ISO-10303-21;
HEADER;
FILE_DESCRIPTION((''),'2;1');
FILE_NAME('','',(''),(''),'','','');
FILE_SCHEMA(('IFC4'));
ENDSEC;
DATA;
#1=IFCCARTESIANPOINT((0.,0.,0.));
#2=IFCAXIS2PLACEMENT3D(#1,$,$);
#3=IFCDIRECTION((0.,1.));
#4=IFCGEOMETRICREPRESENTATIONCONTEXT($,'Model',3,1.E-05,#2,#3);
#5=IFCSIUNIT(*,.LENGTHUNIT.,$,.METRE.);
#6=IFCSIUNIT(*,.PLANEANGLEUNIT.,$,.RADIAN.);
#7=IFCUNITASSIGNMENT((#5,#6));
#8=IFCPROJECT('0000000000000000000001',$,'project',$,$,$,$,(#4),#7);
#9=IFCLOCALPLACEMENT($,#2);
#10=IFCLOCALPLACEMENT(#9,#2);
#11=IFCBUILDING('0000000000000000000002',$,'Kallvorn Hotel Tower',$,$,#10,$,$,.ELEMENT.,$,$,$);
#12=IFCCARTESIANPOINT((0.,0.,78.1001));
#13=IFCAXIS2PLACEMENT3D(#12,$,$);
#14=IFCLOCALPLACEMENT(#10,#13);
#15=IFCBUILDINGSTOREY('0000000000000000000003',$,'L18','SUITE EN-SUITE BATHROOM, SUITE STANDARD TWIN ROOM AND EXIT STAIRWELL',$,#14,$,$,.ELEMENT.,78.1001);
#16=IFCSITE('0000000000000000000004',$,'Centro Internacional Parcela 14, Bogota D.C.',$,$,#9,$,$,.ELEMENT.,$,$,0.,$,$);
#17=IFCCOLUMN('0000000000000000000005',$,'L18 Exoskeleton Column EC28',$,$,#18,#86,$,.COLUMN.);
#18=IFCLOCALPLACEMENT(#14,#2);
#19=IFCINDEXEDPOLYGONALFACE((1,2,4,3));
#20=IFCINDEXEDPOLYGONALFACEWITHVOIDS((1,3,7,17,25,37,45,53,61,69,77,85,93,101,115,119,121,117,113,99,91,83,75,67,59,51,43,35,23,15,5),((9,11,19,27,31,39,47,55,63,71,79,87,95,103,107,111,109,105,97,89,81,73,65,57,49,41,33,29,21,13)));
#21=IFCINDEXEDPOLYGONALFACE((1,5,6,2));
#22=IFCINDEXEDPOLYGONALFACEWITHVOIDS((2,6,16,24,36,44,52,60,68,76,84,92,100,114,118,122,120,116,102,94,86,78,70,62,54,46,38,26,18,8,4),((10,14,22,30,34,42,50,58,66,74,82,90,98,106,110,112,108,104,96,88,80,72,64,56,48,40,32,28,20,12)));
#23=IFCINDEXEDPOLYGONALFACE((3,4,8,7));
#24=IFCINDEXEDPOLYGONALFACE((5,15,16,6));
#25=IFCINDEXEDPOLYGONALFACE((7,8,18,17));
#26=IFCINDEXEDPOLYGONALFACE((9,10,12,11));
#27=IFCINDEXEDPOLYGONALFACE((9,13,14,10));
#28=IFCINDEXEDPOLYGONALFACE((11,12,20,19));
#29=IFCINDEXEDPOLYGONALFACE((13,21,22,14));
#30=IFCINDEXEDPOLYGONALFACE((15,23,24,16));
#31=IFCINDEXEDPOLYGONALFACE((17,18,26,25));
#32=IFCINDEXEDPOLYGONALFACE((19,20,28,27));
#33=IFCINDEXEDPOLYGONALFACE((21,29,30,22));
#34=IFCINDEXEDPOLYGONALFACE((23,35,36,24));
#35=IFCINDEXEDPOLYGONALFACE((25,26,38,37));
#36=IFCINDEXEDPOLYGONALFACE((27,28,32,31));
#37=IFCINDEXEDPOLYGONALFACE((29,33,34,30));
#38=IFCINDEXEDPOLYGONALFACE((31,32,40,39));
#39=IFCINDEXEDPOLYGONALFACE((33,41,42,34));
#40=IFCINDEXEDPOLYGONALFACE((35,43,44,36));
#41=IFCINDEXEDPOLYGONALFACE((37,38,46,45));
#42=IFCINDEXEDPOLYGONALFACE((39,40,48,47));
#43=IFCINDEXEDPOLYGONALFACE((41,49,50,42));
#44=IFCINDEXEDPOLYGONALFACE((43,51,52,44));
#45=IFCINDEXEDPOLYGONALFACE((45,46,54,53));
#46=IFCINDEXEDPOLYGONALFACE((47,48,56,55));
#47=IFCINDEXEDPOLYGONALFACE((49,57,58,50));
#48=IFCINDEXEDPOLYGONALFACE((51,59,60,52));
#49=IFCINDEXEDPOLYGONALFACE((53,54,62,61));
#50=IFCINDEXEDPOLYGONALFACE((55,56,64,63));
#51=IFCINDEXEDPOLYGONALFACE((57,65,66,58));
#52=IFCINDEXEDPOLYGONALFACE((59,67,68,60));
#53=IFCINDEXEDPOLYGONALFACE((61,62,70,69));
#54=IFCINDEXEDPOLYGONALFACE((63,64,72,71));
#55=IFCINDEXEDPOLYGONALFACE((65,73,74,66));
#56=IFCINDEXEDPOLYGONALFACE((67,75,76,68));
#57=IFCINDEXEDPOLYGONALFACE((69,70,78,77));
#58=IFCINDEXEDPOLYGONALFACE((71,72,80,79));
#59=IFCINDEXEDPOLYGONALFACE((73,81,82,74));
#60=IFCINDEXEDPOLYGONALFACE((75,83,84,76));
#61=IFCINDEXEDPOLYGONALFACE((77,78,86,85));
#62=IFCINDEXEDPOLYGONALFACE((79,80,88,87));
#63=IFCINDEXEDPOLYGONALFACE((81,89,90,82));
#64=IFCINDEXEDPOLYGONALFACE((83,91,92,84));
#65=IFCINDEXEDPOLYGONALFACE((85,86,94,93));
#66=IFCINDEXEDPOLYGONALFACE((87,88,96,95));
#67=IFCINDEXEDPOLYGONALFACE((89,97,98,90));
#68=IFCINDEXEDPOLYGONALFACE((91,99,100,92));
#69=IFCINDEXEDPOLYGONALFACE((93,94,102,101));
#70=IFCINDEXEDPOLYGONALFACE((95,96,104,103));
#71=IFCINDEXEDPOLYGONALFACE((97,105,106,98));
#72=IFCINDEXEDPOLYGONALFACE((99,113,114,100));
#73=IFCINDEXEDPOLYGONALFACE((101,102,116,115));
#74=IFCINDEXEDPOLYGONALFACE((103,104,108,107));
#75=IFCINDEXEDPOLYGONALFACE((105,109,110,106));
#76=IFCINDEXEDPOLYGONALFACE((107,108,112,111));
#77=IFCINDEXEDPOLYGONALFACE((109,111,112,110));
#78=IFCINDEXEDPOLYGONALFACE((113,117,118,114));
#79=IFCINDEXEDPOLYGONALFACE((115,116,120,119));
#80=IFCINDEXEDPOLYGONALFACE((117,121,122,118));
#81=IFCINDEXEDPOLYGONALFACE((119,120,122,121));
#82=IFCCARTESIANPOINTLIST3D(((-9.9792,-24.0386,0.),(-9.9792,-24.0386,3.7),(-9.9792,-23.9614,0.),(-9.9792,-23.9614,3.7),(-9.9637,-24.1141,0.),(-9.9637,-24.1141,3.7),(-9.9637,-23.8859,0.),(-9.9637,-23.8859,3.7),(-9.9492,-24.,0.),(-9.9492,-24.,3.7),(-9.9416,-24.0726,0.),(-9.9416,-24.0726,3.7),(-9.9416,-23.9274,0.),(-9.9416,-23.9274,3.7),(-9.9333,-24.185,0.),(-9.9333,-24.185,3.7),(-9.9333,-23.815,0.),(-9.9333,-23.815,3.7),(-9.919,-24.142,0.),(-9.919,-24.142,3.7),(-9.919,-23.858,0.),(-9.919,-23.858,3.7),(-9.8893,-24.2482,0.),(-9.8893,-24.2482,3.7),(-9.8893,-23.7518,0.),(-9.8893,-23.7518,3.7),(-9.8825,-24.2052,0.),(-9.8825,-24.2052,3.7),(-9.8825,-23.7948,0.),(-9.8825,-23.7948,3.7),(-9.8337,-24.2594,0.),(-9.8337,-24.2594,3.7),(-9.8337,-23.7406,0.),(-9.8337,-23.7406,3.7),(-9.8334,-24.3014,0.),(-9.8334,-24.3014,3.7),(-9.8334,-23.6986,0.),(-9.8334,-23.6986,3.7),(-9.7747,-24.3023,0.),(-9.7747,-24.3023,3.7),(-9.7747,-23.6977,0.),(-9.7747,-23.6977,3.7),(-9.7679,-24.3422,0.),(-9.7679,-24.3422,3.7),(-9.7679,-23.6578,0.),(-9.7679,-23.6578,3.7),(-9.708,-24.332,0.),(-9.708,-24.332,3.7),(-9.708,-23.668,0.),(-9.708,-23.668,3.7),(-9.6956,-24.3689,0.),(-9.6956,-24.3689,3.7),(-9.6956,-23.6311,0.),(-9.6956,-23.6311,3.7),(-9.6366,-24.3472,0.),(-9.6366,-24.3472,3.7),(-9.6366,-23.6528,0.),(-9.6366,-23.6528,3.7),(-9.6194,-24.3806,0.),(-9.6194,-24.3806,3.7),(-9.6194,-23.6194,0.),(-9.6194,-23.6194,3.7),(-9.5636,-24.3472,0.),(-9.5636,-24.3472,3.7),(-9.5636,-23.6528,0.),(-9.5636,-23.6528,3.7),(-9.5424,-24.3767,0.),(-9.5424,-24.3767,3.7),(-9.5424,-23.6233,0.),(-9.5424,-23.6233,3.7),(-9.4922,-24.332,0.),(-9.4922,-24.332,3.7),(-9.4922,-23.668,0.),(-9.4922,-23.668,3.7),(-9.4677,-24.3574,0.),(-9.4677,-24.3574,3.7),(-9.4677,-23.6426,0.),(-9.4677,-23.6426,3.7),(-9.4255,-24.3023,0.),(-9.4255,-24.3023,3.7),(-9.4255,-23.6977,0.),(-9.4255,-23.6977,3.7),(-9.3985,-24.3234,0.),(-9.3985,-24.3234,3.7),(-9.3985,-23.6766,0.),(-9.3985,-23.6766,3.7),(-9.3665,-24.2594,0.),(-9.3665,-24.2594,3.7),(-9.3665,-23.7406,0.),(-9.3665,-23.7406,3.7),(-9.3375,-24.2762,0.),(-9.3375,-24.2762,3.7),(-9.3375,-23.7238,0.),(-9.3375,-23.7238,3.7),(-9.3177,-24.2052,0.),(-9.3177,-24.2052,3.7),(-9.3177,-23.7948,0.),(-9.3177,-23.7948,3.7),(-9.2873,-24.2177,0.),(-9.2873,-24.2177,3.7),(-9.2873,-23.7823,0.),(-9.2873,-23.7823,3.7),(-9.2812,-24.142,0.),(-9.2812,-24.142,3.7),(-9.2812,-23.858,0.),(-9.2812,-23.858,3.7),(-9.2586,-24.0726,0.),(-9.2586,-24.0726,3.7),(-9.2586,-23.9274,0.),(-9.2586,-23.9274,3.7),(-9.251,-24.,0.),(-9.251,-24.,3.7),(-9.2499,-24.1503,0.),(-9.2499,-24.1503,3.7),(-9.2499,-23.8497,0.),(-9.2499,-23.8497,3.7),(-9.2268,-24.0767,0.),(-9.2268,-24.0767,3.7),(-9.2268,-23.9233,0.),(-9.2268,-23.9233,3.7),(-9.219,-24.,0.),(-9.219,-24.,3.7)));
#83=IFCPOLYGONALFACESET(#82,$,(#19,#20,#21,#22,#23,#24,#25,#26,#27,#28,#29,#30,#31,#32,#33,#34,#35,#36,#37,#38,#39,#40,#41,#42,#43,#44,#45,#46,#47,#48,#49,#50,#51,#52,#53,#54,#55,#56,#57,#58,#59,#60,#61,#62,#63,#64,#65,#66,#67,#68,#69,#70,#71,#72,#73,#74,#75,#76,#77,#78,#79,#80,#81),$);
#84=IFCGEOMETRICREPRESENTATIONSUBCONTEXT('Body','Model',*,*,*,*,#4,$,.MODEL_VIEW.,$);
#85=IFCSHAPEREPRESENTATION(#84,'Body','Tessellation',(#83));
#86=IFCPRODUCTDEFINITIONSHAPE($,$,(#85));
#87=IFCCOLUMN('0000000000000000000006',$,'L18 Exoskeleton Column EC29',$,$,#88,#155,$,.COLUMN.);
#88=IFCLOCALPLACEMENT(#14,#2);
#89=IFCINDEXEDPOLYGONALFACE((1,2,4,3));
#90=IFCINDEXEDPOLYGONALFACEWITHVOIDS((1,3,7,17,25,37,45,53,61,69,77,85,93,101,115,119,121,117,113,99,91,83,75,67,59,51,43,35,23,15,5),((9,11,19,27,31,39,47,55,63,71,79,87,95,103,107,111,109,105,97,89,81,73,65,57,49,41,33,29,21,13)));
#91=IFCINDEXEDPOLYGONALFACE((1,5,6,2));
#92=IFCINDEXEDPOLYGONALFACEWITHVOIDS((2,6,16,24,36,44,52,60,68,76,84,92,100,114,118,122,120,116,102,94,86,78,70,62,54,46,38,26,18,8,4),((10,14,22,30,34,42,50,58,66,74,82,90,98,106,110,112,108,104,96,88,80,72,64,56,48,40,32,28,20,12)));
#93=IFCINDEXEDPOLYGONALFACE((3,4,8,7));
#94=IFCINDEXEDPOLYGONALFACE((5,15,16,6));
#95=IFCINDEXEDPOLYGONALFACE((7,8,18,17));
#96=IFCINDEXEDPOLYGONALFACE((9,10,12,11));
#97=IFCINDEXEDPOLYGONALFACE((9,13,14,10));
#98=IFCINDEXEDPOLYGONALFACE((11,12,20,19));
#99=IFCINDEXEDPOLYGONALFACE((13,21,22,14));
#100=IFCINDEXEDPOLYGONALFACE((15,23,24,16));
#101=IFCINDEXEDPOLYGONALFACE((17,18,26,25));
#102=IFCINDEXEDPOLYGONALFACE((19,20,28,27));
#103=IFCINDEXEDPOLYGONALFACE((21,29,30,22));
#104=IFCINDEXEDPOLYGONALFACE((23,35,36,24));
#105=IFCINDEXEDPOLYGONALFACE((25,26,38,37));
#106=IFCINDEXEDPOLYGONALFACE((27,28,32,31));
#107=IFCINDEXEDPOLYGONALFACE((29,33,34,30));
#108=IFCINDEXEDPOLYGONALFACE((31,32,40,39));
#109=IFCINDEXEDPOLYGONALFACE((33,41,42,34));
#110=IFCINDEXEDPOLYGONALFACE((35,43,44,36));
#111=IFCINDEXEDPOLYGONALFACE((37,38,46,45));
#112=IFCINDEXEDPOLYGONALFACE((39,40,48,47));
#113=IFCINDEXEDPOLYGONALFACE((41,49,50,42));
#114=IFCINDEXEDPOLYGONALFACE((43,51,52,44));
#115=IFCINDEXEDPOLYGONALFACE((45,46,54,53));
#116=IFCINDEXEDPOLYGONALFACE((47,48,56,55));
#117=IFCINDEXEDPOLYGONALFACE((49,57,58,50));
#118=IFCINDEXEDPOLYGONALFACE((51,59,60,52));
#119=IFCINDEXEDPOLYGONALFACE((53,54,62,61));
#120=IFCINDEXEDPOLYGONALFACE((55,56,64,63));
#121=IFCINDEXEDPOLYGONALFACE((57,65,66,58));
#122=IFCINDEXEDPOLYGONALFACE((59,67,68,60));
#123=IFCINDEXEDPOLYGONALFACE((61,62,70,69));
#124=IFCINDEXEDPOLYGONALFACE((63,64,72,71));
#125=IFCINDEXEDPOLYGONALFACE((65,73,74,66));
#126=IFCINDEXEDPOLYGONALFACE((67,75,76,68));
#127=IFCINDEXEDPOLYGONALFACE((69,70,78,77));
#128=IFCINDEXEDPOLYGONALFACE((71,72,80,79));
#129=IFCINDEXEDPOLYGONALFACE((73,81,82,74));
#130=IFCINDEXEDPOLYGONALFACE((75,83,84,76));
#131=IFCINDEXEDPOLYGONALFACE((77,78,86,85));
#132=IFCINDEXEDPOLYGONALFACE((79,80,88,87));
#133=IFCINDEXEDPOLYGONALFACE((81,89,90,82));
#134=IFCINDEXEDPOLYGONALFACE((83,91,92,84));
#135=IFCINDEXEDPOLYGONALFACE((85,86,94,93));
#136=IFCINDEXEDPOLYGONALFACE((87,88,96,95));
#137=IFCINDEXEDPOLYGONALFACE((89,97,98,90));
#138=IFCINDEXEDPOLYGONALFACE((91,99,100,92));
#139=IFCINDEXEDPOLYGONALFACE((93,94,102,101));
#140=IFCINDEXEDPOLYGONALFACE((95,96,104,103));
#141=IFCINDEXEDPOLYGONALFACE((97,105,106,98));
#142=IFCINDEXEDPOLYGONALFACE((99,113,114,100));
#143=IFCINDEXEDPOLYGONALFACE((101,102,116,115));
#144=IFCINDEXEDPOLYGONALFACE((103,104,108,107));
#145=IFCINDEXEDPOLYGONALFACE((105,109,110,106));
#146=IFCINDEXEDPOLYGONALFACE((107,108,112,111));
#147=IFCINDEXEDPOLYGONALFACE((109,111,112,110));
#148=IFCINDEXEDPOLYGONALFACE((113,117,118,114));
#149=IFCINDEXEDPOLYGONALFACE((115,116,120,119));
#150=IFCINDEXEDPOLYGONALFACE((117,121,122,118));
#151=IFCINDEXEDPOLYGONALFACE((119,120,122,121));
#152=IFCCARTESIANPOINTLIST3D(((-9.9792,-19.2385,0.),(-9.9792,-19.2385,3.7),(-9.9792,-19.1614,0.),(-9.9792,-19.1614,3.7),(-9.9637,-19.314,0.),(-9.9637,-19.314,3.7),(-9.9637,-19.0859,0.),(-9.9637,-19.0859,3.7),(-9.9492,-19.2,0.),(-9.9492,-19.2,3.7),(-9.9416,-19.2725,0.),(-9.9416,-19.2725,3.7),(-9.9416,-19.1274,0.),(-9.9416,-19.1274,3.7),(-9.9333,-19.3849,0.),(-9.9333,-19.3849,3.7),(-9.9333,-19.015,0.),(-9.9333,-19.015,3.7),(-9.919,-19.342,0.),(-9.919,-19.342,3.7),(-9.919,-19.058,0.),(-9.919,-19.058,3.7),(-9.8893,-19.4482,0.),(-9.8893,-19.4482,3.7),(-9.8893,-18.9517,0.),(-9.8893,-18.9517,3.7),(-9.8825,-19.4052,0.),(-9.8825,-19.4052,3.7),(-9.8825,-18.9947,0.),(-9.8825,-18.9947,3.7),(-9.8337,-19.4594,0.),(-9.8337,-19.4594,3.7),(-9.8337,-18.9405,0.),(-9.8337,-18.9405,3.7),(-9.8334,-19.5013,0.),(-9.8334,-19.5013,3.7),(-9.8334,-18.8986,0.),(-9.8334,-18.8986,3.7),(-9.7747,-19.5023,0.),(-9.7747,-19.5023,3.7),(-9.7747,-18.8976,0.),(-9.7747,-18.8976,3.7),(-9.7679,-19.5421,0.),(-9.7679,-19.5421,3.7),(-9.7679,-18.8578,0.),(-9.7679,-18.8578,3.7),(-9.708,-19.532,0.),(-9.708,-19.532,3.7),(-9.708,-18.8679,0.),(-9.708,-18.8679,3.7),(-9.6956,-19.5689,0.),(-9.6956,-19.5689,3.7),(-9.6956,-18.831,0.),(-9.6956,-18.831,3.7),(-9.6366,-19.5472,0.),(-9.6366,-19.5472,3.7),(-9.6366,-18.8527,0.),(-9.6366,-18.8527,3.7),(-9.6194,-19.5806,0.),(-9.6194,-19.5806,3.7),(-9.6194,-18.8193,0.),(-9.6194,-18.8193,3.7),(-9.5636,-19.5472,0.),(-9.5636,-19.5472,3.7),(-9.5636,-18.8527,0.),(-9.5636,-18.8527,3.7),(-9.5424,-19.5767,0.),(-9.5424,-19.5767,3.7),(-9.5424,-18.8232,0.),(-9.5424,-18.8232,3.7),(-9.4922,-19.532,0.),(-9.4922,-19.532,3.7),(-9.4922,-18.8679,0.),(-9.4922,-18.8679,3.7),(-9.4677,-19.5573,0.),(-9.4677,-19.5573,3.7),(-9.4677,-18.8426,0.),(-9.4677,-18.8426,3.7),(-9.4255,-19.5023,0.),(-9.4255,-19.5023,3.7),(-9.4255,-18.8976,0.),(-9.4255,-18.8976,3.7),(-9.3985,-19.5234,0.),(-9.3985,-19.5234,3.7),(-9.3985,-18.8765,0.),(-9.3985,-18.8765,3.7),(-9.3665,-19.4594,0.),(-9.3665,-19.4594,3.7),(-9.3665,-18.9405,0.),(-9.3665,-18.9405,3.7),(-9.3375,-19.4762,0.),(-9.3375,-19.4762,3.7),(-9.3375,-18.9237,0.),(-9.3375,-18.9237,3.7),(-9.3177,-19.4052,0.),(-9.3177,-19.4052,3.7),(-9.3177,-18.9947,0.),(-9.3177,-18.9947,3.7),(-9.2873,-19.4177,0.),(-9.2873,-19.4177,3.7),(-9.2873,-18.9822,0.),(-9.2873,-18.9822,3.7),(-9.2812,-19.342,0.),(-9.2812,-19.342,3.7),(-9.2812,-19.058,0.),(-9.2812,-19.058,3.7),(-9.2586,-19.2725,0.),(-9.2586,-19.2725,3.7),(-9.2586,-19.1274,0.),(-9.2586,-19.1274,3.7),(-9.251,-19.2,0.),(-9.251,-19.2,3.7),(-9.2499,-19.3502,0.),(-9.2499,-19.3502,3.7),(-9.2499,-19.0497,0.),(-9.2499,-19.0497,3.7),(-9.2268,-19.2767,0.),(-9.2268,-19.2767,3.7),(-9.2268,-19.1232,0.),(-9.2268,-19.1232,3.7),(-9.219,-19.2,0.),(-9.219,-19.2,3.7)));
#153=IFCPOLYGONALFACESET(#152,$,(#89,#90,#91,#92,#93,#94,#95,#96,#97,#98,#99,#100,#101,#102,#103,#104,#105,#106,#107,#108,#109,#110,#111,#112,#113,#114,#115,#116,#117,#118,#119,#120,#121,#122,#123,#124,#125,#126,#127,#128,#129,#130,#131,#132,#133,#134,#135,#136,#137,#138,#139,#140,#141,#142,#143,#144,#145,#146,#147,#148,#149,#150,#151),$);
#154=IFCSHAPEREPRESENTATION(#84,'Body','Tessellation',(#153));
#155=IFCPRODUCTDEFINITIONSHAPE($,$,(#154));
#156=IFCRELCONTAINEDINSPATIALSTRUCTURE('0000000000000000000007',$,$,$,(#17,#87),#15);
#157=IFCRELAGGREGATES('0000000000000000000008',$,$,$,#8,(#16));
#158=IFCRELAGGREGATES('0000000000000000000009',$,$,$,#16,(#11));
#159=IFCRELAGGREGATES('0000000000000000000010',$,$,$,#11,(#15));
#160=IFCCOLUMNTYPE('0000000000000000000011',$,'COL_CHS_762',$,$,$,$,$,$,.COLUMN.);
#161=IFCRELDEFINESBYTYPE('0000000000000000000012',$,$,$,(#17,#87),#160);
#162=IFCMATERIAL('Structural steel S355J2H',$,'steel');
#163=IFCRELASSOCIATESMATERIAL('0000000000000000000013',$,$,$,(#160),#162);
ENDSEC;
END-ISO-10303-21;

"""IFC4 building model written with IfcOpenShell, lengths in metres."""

from ifc_helpers import new_model, si_unit, direction, frame, origin, origin_2d, place, context, subcontext, project, spatial, hollow_circle, extrude, material, material_profile, profile_set, type_object, element, save


model = new_model("IFC4")

# Units and contexts
model_context = context("Model", 3, precision=1e-05, world=origin(), true_north=direction((0.0, 1.0)))
body_context = subcontext(model_context, "Body", "Model", "MODEL_VIEW")
ifc_project = project(units=[si_unit("LENGTHUNIT", "METRE"), si_unit("PLANEANGLEUNIT", "RADIAN")], contexts=[model_context])

# Site, building, storey
site_placement = place(None, origin())
site = spatial("IfcSite", under=ifc_project, at=site_placement, Name="Centro Internacional Parcela 14, Bogota D.C.", CompositionType="ELEMENT", RefElevation=0.0)
building_placement = place(site_placement, origin())
building = spatial("IfcBuilding", under=site, at=building_placement, Name="Kallvorn Hotel Tower", CompositionType="ELEMENT")
storey_placement = place(building_placement, frame((0.0, 0.0, 78.1001)))
storey = spatial("IfcBuildingStorey", under=building, at=storey_placement, Name="L18", Description="SUITE EN-SUITE BATHROOM, SUITE STANDARD TWIN ROOM AND EXIT STAIRWELL", CompositionType="ELEMENT", Elevation=78.1001)

# Columns
ifc_material_1 = material(Name="Structural steel S355J2H", Category="steel")
ifc_material_profile_1 = material_profile(ifc_material_1, hollow_circle(Radius=0.3811, WallThickness=0.032, at=origin_2d()), Name="CHS 762x32")
ifc_profile_set_1 = profile_set([ifc_material_profile_1], Name="Structural steel S355J2H")
column_type_1 = type_object("IfcColumnType", Name="COL_CHS_762", PredefinedType="COLUMN", material=ifc_profile_set_1)
for number, where, z_axis, x_axis, name in (
    (1, (-9.6001, -24.0, 0.0), (0.0, 0.0, 1.0), (1.0, 0.0, 0.0), "L18 Exoskeleton Column EC28"),
    (2, (-9.6001, -19.2, 0.0), (0.0, 0.0, 1.0), (1.0, 0.0, 0.0), "L18 Exoskeleton Column EC29"),
):
    element("IfcColumn", number, at=place(storey_placement, frame(where, z_axis=z_axis, x_axis=x_axis)), inside=storey, type_object=column_type_1, Name=name, PredefinedType="COLUMN", context=body_context, shape_type="SweptSolid", body=[
        extrude(hollow_circle(Radius=0.3811, WallThickness=0.032, at=origin_2d()), origin(), (0.0, 0.0, 1.0), 3.7),
    ])

save(model, "model.ifc")
